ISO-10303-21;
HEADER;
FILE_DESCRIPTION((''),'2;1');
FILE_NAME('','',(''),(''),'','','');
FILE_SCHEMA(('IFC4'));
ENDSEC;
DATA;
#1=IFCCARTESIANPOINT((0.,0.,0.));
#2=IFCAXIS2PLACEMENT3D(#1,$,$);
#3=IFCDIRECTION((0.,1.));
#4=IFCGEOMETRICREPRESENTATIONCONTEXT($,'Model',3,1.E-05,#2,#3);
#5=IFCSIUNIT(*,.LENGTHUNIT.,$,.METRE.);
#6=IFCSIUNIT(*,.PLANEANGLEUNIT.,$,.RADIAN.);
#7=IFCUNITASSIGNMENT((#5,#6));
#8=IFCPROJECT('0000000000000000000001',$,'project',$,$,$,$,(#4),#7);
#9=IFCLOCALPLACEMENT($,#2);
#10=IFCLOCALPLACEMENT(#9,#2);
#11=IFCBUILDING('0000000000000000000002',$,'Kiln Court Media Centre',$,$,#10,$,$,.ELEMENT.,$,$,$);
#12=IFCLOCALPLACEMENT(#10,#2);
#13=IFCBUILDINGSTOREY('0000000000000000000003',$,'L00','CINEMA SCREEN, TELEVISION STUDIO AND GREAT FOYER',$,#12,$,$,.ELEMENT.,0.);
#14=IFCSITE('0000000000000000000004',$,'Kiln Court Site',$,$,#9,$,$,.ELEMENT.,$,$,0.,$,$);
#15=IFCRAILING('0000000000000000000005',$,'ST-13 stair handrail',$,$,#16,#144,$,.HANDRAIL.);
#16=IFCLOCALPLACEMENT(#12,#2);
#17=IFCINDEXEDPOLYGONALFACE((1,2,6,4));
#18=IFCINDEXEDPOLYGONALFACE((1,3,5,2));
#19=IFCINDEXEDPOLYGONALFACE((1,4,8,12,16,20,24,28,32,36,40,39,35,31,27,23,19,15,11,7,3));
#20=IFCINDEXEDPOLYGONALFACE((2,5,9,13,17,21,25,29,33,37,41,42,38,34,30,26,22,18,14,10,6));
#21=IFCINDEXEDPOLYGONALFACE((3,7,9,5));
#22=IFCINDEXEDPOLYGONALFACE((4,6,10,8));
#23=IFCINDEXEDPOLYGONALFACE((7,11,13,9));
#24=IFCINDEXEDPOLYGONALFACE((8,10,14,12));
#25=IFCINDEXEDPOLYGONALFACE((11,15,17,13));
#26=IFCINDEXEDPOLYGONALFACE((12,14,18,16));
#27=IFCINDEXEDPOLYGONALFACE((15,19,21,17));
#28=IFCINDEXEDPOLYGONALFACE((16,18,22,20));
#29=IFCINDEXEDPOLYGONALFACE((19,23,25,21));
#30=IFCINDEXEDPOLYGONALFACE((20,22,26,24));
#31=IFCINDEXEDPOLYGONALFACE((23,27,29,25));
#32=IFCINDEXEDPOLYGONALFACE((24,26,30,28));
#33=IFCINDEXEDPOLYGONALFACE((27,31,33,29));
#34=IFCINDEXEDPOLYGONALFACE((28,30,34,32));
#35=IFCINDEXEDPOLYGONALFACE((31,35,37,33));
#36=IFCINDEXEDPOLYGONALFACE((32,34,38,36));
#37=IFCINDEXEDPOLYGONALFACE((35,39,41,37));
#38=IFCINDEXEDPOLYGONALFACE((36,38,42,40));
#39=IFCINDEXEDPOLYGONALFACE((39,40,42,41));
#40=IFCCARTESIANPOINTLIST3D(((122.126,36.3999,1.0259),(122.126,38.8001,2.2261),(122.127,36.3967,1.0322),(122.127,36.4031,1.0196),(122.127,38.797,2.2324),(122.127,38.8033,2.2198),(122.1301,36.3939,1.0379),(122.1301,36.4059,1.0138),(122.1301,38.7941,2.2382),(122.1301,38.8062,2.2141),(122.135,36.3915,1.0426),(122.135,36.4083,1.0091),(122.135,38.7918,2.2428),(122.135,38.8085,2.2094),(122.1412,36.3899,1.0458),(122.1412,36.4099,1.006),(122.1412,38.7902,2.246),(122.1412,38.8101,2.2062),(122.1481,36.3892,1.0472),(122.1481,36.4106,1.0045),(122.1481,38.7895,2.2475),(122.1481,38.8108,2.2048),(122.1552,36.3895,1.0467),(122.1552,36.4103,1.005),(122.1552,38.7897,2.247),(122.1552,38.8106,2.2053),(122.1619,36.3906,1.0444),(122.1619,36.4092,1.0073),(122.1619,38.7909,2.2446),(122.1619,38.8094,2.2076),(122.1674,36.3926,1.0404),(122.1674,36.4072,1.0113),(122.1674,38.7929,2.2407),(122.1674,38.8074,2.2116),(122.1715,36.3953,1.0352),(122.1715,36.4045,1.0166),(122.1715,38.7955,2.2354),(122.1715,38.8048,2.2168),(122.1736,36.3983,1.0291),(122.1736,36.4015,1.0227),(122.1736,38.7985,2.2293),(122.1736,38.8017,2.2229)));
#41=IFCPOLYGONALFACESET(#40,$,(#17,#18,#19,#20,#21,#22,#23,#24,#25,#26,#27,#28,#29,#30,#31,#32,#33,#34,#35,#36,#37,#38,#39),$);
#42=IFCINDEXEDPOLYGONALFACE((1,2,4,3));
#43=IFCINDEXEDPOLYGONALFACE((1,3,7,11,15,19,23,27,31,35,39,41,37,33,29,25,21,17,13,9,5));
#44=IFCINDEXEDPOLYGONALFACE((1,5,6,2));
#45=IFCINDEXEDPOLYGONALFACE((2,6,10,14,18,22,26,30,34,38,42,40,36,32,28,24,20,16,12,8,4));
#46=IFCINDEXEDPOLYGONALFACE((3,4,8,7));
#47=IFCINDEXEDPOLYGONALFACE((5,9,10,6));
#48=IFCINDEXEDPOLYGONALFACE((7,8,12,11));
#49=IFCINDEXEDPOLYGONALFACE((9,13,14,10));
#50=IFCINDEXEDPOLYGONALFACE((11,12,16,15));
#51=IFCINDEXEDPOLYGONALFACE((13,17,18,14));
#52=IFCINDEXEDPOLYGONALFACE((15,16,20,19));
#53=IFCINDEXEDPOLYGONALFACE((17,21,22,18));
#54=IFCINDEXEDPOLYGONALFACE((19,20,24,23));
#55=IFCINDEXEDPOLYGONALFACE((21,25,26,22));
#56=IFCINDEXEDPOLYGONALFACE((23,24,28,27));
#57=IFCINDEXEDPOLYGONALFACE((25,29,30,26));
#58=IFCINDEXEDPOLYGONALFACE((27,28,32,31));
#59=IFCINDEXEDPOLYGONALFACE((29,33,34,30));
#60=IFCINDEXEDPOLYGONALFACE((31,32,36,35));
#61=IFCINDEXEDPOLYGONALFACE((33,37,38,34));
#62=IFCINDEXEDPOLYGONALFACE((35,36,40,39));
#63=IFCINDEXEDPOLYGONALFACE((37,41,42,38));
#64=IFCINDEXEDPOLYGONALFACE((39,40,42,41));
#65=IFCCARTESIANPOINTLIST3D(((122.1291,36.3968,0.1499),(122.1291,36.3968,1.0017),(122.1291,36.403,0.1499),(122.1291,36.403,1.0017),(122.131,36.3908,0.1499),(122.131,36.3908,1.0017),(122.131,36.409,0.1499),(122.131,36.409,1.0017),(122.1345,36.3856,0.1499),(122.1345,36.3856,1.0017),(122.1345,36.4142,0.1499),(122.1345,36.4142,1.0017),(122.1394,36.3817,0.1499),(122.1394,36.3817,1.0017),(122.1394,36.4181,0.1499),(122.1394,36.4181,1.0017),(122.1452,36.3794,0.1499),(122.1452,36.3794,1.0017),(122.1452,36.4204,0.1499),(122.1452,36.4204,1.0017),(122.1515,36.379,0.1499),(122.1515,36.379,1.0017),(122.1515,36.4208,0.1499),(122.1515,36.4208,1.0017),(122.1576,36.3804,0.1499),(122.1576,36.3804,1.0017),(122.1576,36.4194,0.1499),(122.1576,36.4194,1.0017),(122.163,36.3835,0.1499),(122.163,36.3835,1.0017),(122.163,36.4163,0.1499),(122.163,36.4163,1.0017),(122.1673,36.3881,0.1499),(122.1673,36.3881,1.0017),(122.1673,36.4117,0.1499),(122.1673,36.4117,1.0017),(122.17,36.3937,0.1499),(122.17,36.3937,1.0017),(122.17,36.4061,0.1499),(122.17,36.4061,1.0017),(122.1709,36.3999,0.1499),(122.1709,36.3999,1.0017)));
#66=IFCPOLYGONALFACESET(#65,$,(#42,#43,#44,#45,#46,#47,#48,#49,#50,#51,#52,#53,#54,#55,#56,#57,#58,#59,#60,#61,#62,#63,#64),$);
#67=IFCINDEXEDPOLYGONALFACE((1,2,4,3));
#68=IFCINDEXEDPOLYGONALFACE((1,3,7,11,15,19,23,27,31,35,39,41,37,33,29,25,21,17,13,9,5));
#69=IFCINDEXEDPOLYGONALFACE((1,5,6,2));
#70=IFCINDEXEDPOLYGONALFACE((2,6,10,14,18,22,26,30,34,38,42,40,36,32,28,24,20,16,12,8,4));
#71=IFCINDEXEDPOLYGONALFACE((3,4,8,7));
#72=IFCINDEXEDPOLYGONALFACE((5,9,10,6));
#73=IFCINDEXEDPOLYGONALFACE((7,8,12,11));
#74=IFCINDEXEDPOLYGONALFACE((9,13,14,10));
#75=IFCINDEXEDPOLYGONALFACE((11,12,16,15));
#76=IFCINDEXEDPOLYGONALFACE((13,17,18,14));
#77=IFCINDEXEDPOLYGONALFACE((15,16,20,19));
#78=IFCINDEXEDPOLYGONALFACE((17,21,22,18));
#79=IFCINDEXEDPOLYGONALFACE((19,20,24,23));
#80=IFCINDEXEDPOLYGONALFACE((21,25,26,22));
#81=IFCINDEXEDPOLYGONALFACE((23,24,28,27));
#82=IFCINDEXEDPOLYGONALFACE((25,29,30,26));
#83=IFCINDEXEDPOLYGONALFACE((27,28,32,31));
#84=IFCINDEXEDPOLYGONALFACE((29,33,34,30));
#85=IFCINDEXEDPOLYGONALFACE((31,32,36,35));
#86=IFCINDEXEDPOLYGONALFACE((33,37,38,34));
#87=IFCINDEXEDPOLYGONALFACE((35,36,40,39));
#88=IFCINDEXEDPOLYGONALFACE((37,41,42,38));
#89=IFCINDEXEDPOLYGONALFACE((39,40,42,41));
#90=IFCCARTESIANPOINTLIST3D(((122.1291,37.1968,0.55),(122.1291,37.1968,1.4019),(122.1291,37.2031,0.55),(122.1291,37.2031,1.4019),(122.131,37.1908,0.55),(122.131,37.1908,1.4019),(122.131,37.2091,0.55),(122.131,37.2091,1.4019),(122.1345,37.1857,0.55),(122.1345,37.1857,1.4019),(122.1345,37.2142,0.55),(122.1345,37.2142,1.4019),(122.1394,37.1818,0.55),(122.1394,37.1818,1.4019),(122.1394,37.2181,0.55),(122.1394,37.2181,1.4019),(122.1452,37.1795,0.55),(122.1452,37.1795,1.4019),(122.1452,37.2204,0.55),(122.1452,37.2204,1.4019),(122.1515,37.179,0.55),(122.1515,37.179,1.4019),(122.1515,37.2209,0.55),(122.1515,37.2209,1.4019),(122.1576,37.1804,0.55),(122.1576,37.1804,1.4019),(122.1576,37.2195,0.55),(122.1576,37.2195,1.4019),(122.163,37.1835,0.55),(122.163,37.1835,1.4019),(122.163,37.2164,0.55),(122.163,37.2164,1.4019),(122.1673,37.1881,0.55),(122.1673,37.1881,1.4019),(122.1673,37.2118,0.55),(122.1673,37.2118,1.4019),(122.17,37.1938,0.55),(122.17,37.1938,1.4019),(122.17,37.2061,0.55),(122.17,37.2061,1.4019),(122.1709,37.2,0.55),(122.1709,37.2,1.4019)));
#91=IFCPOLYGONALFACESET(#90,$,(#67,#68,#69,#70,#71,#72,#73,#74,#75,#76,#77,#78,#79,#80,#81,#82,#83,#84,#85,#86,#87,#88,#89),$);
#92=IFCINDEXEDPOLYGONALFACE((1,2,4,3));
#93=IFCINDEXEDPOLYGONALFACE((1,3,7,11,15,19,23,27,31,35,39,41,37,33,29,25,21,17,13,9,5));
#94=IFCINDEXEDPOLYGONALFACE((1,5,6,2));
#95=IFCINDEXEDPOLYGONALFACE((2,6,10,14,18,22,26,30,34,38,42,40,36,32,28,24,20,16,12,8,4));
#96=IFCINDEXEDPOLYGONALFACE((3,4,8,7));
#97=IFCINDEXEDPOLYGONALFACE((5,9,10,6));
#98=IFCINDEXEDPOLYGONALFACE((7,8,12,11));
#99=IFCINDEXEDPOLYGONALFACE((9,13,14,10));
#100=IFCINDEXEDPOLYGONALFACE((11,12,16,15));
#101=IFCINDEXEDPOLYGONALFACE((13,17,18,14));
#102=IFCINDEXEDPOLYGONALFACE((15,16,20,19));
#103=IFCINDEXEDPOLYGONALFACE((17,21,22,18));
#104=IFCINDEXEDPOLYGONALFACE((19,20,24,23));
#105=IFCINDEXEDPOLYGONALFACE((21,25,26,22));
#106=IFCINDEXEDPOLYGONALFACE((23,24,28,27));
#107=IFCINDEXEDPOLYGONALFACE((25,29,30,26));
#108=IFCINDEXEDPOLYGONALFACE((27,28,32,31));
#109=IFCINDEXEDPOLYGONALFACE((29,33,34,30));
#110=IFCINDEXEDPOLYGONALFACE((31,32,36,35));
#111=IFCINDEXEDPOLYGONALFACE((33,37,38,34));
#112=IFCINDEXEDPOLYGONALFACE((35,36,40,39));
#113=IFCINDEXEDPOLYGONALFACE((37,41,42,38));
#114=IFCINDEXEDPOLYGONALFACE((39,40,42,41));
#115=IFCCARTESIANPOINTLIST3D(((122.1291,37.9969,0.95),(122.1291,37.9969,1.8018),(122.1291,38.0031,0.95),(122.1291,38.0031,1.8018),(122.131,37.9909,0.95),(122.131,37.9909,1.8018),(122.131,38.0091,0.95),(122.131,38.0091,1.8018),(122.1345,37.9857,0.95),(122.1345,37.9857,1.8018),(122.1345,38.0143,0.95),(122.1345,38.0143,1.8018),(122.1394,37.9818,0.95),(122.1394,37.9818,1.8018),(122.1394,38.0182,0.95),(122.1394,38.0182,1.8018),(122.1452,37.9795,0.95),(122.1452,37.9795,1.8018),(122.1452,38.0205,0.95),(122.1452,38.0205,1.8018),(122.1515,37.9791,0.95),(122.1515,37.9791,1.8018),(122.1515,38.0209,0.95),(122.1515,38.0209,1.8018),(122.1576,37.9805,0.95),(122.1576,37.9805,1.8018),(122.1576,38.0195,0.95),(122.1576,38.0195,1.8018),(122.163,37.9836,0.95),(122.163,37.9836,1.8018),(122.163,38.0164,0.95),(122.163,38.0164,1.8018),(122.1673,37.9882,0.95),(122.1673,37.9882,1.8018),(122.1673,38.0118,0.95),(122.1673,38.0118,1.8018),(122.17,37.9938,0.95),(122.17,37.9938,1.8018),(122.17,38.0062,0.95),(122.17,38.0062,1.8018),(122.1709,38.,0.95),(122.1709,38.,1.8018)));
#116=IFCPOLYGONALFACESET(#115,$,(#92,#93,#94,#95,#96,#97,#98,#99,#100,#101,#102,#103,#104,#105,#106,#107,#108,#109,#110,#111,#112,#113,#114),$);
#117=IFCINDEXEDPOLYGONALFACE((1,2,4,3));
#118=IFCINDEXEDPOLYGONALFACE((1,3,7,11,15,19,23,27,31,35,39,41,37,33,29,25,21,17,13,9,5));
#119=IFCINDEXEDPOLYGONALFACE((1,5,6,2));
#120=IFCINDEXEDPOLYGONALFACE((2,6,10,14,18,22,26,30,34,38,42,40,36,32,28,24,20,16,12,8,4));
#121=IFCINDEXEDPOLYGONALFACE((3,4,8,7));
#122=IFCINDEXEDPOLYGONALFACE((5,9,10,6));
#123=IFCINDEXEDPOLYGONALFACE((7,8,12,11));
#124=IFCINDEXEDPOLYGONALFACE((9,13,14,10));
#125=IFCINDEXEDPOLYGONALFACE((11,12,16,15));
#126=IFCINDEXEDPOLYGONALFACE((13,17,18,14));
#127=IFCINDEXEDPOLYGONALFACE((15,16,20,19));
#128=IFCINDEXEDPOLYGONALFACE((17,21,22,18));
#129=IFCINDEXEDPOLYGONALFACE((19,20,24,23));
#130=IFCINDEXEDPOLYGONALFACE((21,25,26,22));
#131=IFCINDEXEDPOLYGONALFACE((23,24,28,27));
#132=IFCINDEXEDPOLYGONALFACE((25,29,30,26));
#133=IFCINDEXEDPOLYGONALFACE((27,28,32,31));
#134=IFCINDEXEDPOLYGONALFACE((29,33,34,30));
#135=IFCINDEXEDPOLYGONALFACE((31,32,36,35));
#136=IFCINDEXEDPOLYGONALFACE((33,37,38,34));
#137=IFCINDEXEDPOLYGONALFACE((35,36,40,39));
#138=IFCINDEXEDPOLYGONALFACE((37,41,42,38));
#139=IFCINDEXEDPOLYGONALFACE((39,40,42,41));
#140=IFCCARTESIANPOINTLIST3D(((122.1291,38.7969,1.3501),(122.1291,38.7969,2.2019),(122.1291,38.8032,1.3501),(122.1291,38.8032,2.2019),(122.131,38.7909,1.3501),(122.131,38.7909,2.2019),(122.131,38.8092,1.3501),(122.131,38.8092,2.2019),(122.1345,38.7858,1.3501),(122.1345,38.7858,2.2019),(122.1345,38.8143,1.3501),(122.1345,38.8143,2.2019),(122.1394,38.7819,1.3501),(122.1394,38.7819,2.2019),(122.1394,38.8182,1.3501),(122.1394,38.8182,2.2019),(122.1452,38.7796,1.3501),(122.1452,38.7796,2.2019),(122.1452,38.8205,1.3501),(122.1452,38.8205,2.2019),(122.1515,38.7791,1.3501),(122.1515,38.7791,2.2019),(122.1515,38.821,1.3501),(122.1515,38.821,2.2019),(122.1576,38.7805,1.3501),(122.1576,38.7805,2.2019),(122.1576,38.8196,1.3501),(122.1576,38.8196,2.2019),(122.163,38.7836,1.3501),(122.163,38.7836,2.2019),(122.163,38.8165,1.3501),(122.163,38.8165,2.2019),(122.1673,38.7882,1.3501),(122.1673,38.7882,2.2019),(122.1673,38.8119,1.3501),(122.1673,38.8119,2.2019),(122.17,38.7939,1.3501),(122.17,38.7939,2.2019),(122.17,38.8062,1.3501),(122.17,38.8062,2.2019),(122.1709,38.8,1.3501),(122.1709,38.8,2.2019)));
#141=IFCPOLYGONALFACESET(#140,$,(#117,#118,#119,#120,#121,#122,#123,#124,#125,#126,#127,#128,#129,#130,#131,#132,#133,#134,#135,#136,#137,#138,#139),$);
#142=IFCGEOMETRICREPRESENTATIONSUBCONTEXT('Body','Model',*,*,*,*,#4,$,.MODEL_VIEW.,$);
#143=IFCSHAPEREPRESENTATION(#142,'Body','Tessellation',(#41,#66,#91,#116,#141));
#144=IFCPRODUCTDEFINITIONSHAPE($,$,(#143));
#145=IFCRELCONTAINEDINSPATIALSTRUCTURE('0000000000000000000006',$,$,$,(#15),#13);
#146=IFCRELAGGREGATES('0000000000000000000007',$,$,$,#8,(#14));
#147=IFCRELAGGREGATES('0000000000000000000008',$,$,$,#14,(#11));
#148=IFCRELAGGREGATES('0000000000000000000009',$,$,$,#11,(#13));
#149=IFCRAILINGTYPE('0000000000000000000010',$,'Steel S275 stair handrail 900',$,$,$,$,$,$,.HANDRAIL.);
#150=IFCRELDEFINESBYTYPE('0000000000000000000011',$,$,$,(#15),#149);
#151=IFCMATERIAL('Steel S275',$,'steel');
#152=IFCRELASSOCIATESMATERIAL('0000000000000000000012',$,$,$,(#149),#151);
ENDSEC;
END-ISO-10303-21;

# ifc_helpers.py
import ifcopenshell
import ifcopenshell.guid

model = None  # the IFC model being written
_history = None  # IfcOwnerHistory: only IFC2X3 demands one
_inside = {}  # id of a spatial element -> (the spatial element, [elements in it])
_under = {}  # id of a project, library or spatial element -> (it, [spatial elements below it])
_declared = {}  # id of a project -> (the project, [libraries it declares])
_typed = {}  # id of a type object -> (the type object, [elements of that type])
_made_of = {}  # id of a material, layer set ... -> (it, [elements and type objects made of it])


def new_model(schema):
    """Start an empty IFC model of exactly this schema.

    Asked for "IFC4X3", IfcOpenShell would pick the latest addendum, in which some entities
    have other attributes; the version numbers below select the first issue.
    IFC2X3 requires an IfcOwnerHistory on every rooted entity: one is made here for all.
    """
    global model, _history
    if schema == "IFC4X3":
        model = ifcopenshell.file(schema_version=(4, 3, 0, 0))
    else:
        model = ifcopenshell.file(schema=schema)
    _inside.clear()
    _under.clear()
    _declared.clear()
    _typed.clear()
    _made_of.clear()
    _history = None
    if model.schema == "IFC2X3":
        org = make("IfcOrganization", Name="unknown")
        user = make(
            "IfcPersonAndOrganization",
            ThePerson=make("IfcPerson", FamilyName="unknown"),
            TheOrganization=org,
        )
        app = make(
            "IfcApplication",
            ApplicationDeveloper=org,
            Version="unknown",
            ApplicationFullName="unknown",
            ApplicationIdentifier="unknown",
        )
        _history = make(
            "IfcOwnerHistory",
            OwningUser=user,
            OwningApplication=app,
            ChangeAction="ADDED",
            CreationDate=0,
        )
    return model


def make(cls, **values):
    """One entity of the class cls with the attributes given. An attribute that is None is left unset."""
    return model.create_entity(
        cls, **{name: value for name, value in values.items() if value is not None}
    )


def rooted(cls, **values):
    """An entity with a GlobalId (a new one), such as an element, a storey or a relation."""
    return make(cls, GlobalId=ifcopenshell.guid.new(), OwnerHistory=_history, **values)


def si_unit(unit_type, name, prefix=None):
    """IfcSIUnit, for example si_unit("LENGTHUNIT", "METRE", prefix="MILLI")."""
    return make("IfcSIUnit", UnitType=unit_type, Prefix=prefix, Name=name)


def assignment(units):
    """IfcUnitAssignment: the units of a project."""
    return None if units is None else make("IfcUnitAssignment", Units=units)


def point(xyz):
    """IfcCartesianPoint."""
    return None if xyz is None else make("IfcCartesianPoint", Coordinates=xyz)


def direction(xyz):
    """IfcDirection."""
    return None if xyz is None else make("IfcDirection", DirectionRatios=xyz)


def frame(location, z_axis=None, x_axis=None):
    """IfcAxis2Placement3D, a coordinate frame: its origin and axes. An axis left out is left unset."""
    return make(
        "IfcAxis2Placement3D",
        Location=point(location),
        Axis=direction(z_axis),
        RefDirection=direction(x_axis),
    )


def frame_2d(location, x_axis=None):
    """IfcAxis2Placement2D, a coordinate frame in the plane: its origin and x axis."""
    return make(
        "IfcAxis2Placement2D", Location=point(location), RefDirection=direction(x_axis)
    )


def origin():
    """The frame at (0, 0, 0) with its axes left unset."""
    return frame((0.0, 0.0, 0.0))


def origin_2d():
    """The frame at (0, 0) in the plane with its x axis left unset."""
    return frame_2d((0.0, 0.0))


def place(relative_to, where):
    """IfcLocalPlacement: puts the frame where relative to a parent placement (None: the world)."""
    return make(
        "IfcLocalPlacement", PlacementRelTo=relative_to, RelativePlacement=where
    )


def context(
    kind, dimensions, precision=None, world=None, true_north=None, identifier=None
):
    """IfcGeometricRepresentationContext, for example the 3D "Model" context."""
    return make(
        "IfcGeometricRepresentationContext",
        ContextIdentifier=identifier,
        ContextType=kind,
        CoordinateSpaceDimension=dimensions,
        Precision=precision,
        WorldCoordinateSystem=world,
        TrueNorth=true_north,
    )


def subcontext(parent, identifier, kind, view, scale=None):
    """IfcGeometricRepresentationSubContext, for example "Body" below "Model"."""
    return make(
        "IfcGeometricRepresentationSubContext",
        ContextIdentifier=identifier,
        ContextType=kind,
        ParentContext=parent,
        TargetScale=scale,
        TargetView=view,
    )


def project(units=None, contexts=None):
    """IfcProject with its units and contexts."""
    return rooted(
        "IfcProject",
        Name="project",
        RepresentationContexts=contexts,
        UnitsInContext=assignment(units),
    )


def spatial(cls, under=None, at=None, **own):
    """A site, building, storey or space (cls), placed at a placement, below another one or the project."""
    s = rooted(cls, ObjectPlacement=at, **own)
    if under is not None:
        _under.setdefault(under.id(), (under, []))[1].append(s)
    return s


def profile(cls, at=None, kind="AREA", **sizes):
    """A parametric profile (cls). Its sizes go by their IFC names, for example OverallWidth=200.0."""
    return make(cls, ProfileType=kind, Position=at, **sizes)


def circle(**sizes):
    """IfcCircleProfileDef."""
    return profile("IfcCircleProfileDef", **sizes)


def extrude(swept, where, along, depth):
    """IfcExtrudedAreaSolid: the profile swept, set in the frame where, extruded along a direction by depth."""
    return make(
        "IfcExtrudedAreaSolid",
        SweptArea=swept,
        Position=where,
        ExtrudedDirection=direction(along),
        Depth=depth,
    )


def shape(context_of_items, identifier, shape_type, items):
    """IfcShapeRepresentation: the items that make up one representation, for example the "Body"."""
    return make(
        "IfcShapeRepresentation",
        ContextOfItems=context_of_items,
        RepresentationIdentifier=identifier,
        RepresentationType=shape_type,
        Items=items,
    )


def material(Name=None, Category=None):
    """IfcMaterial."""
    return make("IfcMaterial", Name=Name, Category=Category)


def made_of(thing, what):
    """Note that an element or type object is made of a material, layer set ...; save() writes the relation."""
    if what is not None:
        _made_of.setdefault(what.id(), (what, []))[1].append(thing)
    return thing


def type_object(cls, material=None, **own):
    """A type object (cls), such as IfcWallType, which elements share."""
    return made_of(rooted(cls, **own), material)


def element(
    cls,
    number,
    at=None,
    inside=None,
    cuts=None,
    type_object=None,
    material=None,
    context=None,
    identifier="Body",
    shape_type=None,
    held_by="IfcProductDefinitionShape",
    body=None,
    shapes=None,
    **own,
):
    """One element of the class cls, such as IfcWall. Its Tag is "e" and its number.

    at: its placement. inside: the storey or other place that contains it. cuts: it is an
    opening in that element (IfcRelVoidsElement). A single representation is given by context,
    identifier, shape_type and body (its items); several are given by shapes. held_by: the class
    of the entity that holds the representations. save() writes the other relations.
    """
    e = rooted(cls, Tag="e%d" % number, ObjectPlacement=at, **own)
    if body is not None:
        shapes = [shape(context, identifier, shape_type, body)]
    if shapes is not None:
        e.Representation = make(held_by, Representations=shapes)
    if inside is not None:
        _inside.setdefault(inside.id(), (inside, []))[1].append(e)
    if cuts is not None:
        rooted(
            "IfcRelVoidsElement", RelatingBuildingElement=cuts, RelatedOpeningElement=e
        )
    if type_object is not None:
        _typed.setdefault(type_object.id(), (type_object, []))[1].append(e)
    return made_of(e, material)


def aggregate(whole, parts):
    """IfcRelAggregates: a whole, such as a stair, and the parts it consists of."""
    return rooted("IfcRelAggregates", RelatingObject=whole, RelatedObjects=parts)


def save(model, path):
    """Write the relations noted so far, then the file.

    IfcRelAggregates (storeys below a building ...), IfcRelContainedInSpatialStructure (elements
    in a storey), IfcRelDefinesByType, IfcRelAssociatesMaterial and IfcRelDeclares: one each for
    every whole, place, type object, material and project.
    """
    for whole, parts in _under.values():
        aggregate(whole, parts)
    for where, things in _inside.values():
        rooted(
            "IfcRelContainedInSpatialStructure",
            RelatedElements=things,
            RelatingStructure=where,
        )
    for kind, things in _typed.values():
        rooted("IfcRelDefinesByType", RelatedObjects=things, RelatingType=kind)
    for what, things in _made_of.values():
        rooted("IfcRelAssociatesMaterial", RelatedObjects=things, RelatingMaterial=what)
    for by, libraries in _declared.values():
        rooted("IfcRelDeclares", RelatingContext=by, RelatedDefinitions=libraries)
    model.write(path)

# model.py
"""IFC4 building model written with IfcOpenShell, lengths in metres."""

from ifc_helpers import new_model, si_unit, direction, frame, origin, origin_2d, place, context, subcontext, project, spatial, circle, extrude, material, type_object, element, save


model = new_model("IFC4")

# Units and contexts
model_context = context("Model", 3, precision=1e-05, world=origin(), true_north=direction((0.0, 1.0)))
body_context = subcontext(model_context, "Body", "Model", "MODEL_VIEW")
ifc_project = project(units=[si_unit("LENGTHUNIT", "METRE"), si_unit("PLANEANGLEUNIT", "RADIAN")], contexts=[model_context])

# Site, building, storey
site_placement = place(None, origin())
site = spatial("IfcSite", under=ifc_project, at=site_placement, Name="Kiln Court Site", CompositionType="ELEMENT", RefElevation=0.0)
building_placement = place(site_placement, origin())
building = spatial("IfcBuilding", under=site, at=building_placement, Name="Kiln Court Media Centre", CompositionType="ELEMENT")
storey_placement = place(building_placement, origin())
storey = spatial("IfcBuildingStorey", under=building, at=storey_placement, Name="L00", Description="CINEMA SCREEN, TELEVISION STUDIO AND GREAT FOYER", CompositionType="ELEMENT", Elevation=0.0)

# Railing
ifc_material_1 = material(Name="Steel S275", Category="steel")
railing_type_1 = type_object("IfcRailingType", Name="Steel S275 stair handrail 900", PredefinedType="HANDRAIL", material=ifc_material_1)
railing_1_placement = place(storey_placement, frame((122.1499, 36.3999, 0.1499)))
element("IfcRailing", 1, at=railing_1_placement, inside=storey, type_object=railing_type_1, Name="ST-13 stair handrail", PredefinedType="HANDRAIL", context=body_context, shape_type="SweptSolid", body=[
    extrude(circle(Radius=0.0239, at=origin_2d()), frame((0.0, 0.0, 0.876), z_axis=(0.0, 0.894409, 0.44725), x_axis=(-1.0, 0.0, 0.0)), (0.0, 0.0, 1.0), 2.6836),
    extrude(circle(Radius=0.021, at=origin_2d()), origin(), (0.0, 0.0, 1.0), 0.8518),
    extrude(circle(Radius=0.021, at=origin_2d()), frame((0.0, 0.8, 0.4001)), (0.0, 0.0, 1.0), 0.8518),
    extrude(circle(Radius=0.021, at=origin_2d()), frame((0.0, 1.6001, 0.8)), (0.0, 0.0, 1.0), 0.8518),
    extrude(circle(Radius=0.021, at=origin_2d()), frame((0.0, 2.4001, 1.2002)), (0.0, 0.0, 1.0), 0.8518),
])

save(model, "model.ifc")
